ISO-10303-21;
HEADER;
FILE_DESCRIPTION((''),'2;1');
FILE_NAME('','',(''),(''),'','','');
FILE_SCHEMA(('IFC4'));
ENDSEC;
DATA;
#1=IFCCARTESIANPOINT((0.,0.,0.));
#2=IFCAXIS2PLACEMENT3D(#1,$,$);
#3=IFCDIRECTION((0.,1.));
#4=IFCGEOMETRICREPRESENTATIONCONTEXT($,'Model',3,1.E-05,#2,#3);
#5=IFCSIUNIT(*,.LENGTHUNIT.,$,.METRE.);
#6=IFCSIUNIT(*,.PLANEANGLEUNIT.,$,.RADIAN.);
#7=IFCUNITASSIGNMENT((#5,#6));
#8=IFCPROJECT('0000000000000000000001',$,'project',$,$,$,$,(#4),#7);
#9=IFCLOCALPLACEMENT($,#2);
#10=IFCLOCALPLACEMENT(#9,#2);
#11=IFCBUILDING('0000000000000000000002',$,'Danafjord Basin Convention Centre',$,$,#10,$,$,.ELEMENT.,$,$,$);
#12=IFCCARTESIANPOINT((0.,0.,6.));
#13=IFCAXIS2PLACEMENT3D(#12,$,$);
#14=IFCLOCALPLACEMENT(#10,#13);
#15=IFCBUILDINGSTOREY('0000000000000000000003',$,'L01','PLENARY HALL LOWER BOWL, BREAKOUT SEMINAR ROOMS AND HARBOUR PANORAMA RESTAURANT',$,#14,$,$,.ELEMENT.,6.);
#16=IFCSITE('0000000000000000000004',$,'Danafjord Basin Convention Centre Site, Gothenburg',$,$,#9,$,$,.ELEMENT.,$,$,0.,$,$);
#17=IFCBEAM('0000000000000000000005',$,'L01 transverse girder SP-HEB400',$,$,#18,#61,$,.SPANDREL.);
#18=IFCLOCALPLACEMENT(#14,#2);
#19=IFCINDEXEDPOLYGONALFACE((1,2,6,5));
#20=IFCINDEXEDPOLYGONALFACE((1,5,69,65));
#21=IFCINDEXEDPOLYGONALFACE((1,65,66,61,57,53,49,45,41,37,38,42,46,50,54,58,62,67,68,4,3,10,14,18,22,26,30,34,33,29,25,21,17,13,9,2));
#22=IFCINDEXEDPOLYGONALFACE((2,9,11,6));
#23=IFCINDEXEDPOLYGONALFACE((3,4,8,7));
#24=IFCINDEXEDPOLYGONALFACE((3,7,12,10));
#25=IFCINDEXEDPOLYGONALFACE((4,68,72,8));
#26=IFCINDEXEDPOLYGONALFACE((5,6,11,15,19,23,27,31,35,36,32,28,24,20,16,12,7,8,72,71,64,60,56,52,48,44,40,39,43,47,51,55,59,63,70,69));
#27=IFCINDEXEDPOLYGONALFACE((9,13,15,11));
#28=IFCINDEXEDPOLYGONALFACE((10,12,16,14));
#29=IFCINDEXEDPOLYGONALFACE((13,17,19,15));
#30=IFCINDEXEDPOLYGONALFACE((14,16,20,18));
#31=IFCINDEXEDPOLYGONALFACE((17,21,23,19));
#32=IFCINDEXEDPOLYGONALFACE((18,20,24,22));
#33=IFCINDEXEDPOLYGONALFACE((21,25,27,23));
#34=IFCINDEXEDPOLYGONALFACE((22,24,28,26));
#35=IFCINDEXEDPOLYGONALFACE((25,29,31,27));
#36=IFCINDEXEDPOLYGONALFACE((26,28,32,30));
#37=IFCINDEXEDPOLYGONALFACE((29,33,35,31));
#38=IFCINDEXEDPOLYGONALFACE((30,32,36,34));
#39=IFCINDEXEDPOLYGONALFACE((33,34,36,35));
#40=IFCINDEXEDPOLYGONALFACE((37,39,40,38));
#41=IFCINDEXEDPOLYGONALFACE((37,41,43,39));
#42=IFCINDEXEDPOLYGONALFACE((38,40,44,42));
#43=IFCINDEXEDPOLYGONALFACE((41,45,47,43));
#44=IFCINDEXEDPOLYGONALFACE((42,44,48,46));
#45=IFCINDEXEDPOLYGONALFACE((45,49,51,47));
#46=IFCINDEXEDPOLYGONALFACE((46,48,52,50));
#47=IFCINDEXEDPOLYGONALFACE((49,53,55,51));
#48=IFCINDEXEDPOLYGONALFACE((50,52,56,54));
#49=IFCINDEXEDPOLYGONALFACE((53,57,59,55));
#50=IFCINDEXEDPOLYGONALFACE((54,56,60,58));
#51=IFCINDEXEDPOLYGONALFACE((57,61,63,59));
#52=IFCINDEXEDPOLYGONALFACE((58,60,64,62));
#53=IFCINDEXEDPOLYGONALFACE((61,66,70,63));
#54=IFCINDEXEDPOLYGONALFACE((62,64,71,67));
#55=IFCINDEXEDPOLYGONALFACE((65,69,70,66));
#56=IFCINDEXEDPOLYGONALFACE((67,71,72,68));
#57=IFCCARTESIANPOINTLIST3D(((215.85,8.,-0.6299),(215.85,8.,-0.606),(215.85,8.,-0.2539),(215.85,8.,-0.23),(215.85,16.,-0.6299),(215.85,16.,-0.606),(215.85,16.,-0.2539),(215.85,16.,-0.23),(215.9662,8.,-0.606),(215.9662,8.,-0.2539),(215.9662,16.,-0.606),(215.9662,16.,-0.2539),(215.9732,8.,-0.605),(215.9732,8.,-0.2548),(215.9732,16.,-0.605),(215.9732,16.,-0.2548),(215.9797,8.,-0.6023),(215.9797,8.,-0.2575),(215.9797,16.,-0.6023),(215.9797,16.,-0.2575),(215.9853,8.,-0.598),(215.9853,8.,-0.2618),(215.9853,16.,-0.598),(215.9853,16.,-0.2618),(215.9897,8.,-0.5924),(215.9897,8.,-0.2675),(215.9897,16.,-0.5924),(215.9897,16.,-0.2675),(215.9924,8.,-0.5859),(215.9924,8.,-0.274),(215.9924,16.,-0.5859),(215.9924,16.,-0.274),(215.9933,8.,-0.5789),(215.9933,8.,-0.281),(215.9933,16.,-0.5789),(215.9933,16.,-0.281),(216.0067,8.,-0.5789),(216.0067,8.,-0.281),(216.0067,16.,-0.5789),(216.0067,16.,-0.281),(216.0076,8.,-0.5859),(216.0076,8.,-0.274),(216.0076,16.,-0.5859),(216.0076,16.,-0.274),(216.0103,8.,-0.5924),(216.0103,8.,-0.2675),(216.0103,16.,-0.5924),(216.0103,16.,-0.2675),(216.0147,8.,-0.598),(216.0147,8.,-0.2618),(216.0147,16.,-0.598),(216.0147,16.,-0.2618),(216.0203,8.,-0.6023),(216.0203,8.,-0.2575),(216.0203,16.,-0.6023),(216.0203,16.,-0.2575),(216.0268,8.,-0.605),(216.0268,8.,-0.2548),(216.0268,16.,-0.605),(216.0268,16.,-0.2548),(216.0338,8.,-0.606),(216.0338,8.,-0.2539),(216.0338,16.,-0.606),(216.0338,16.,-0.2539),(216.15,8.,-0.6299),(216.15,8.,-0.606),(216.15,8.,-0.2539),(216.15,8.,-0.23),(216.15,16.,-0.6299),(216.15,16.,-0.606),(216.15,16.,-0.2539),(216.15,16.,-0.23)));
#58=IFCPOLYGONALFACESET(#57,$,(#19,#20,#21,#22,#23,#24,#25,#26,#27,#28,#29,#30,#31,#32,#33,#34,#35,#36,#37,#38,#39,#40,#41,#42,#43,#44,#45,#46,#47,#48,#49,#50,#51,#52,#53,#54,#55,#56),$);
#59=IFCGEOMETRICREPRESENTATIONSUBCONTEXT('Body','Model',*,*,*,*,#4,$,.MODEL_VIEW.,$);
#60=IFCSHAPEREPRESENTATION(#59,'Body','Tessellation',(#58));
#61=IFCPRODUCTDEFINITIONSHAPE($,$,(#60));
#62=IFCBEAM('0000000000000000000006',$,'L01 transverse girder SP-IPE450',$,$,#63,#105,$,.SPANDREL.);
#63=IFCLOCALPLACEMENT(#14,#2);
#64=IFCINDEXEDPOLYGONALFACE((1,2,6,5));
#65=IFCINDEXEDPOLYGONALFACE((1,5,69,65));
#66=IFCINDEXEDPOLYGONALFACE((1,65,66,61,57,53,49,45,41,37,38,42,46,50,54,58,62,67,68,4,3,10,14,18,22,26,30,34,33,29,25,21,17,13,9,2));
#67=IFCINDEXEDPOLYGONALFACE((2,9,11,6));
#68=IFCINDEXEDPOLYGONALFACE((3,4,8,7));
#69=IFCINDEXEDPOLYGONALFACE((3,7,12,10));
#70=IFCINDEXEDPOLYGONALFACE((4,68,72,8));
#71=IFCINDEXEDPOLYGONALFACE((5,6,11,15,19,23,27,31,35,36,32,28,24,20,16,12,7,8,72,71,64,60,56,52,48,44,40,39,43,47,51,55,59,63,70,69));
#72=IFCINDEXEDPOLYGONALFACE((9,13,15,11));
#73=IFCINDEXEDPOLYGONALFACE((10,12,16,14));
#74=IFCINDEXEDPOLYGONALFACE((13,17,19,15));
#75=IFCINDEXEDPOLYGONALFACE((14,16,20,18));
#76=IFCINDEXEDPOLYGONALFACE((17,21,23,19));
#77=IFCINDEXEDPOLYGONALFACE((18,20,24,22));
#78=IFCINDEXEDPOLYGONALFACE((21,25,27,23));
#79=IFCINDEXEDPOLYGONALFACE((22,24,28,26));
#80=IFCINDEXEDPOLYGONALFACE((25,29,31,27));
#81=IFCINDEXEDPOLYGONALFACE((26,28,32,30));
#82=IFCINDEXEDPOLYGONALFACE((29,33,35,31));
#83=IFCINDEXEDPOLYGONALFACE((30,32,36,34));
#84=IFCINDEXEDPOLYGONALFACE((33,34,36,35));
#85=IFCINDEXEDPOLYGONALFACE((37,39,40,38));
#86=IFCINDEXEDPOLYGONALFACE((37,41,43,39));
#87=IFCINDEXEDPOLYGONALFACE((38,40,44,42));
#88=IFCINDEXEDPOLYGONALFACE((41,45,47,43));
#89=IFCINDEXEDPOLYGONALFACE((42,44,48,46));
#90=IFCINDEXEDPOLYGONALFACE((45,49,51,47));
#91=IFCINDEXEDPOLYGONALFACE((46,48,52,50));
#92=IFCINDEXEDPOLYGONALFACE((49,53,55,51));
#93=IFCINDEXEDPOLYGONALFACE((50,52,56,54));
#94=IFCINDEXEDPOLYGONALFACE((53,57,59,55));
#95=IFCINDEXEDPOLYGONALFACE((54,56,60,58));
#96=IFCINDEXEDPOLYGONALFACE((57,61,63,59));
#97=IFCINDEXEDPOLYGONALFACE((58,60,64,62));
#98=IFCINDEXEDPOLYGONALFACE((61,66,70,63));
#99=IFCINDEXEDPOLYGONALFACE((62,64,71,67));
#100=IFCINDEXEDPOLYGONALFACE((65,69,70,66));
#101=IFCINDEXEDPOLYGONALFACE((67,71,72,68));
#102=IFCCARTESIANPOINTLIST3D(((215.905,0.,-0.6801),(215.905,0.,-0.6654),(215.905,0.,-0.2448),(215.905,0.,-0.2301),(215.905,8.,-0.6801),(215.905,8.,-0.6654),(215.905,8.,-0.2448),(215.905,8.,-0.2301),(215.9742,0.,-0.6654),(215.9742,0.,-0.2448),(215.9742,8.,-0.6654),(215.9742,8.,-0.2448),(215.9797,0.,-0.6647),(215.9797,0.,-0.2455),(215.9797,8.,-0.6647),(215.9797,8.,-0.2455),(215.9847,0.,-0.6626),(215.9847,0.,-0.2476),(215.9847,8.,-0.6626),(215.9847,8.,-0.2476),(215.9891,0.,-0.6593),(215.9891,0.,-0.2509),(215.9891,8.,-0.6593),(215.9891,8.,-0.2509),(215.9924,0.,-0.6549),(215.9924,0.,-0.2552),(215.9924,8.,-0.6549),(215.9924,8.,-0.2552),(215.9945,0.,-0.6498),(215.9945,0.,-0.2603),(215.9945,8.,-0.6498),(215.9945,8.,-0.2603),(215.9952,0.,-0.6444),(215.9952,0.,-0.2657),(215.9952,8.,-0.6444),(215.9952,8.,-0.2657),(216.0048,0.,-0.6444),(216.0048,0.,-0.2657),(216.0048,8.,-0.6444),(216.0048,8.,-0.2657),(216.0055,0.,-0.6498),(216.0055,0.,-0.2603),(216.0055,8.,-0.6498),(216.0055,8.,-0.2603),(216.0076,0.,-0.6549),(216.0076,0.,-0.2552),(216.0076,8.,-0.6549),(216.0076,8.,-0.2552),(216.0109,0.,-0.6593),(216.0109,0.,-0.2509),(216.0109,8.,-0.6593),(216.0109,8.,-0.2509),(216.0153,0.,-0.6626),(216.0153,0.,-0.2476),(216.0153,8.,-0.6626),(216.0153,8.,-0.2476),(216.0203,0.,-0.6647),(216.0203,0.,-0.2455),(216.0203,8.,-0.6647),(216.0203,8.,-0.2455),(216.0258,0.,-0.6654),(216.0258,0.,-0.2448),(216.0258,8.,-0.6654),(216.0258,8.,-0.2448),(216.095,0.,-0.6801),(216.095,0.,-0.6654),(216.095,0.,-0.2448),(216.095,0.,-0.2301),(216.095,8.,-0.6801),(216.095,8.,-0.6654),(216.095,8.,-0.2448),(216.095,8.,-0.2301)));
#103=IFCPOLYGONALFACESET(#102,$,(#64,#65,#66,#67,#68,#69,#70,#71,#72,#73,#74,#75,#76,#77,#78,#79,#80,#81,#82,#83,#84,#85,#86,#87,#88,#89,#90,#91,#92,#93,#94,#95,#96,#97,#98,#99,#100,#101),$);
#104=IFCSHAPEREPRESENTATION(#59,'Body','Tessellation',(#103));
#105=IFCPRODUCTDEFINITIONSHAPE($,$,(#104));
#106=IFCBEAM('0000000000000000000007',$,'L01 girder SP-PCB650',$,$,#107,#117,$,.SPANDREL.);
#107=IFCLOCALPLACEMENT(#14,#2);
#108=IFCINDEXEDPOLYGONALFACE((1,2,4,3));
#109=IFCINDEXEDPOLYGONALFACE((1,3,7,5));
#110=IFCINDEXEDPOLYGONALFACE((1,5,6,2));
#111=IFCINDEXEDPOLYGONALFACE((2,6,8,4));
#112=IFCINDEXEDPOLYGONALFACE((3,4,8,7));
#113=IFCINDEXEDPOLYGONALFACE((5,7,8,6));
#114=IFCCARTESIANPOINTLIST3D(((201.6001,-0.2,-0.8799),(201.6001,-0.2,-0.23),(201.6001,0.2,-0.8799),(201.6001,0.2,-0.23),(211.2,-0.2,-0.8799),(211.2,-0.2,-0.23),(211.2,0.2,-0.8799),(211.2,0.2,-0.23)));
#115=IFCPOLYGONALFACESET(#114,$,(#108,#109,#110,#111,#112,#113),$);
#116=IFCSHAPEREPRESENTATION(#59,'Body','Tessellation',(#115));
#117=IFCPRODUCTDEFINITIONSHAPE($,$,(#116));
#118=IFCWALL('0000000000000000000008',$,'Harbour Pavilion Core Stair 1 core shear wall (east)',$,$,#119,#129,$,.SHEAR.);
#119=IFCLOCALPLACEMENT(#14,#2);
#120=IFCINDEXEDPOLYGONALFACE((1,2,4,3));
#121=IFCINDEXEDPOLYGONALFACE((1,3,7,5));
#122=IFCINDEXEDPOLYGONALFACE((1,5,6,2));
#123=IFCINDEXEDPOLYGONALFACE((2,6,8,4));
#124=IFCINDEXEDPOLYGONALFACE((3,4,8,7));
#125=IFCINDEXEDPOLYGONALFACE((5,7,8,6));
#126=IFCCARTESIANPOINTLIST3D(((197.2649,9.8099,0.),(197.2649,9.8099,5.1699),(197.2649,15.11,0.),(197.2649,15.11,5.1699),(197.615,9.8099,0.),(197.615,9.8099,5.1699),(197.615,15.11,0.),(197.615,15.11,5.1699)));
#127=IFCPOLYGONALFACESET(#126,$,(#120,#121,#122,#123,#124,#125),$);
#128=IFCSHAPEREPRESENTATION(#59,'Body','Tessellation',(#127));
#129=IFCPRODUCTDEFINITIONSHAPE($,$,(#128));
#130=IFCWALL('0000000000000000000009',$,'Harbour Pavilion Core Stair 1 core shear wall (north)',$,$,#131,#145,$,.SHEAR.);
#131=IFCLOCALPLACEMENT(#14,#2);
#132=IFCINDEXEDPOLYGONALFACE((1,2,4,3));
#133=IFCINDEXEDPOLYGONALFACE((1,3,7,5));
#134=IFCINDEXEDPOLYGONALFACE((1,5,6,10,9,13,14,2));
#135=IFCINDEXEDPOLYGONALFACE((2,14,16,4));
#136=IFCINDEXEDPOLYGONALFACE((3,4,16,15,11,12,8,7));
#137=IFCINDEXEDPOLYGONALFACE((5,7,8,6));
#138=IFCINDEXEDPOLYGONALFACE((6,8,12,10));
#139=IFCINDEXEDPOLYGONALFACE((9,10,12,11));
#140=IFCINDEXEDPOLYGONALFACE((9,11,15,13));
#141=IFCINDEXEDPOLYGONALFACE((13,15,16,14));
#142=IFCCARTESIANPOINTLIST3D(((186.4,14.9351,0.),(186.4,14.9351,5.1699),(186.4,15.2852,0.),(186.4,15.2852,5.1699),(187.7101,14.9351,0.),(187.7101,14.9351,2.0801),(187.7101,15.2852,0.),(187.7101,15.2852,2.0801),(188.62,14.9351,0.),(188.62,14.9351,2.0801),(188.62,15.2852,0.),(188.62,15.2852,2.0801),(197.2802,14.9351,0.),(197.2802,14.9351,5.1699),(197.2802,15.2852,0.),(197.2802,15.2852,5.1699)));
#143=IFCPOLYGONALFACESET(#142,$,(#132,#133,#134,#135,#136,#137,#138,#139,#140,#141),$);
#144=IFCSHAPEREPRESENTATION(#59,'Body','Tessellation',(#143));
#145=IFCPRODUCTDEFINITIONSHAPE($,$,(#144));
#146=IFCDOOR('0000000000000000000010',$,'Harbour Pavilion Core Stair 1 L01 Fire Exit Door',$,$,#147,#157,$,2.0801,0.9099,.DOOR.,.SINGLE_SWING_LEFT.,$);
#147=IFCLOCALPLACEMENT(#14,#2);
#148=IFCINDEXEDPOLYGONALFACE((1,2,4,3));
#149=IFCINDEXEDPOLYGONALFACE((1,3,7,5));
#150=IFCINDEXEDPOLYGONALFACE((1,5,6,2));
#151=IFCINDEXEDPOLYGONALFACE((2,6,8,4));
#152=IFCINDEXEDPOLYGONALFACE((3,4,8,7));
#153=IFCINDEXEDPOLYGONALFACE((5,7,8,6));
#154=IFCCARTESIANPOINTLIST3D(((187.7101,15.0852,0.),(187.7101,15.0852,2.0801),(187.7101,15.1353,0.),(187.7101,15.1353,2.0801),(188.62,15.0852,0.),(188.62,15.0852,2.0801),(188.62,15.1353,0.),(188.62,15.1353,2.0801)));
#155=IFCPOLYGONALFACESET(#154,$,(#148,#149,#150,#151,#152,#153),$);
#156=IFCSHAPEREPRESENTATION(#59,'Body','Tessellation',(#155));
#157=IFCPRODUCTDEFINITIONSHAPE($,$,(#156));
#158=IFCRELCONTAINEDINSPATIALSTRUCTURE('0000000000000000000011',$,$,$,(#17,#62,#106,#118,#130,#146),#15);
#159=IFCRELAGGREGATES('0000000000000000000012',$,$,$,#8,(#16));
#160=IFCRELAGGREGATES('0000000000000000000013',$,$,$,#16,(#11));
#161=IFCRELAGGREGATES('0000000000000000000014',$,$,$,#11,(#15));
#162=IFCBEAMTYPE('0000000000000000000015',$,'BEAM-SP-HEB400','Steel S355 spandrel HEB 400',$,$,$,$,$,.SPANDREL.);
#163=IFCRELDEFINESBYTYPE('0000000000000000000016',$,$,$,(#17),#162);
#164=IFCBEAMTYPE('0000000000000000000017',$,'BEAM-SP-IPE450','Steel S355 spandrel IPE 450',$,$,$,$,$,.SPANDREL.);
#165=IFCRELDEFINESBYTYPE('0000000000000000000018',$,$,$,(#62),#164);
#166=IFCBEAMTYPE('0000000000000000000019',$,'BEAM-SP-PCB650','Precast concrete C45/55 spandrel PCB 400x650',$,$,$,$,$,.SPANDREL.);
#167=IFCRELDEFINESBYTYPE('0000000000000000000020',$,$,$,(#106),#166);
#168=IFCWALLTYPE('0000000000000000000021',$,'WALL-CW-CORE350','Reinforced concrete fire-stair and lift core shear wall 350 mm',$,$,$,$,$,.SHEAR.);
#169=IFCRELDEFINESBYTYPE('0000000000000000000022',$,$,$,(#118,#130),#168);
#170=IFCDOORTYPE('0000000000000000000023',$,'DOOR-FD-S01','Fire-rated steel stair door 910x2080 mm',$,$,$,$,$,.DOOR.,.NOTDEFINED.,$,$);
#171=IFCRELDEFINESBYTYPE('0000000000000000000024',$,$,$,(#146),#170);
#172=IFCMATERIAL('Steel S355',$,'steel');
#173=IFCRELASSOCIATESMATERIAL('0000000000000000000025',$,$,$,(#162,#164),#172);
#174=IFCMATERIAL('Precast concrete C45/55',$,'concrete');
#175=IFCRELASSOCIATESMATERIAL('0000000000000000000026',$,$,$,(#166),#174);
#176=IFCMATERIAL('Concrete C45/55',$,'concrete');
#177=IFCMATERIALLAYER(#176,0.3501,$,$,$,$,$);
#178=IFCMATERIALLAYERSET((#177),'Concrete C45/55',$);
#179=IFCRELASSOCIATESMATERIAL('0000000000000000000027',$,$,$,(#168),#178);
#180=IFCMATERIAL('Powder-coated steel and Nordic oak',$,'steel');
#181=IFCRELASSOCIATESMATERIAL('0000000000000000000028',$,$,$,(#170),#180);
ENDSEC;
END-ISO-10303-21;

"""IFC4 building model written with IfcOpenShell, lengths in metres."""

from ifc_helpers import new_model, si_unit, direction, frame, frame_2d, origin, origin_2d, place, context, subcontext, project, spatial, rectangle, i_section, extrude, material, layer, layer_set, material_profile, profile_set, type_object, element, fill, save


model = new_model("IFC4")

# Units and contexts
model_context = context("Model", 3, precision=1e-05, world=origin(), true_north=direction((0.0, 1.0)))
body_context = subcontext(model_context, "Body", "Model", "MODEL_VIEW")
ifc_project = project(units=[si_unit("LENGTHUNIT", "METRE"), si_unit("PLANEANGLEUNIT", "RADIAN")], contexts=[model_context])

# Site, building, storey
site_placement = place(None, origin())
site = spatial("IfcSite", under=ifc_project, at=site_placement, Name="Danafjord Basin Convention Centre Site, Gothenburg", CompositionType="ELEMENT", RefElevation=0.0)
building_placement = place(site_placement, origin())
building = spatial("IfcBuilding", under=site, at=building_placement, Name="Danafjord Basin Convention Centre", CompositionType="ELEMENT")
storey_placement = place(building_placement, frame((0.0, 0.0, 6.0)))
storey = spatial("IfcBuildingStorey", under=building, at=storey_placement, Name="L01", Description="PLENARY HALL LOWER BOWL, BREAKOUT SEMINAR ROOMS AND HARBOUR PANORAMA RESTAURANT", CompositionType="ELEMENT", Elevation=6.0)

# Shared definitions
ifc_material_1 = material(Name="Steel S355", Category="steel")

# Beams
ifc_material_profile_1 = material_profile(ifc_material_1, i_section(OverallWidth=0.3, OverallDepth=0.3999, WebThickness=0.0134, FlangeThickness=0.0239, FilletRadius=0.0271, at=origin_2d()), Name="HEB 400")
ifc_profile_set_1 = profile_set([ifc_material_profile_1], Name="Steel S355")
beam_type_1 = type_object("IfcBeamType", Name="BEAM-SP-HEB400", Description="Steel S355 spandrel HEB 400", PredefinedType="SPANDREL", material=ifc_profile_set_1)
beam_1_placement = place(storey_placement, frame((216.0, 8.0, -0.4299), z_axis=(0.0, 1.0, 0.0), x_axis=(-1.0, 0.0, 0.0)))
element("IfcBeam", 1, at=beam_1_placement, inside=storey, type_object=beam_type_1, Name="L01 transverse girder SP-HEB400", PredefinedType="SPANDREL", context=body_context, shape_type="SweptSolid", body=[
    extrude(i_section(OverallWidth=0.3, OverallDepth=0.3999, WebThickness=0.0134, FlangeThickness=0.0239, FilletRadius=0.0271, at=origin_2d()), origin(), (0.0, 0.0, 1.0), 8.0),
])
ifc_material_profile_2 = material_profile(ifc_material_1, i_section(OverallWidth=0.1899, OverallDepth=0.45, WebThickness=0.0095, FlangeThickness=0.0146, FilletRadius=0.021, at=origin_2d()), Name="IPE 450")
ifc_profile_set_2 = profile_set([ifc_material_profile_2], Name="Steel S355")
beam_type_2 = type_object("IfcBeamType", Name="BEAM-SP-IPE450", Description="Steel S355 spandrel IPE 450", PredefinedType="SPANDREL", material=ifc_profile_set_2)
beam_2_placement = place(storey_placement, frame((216.0, 0.0, -0.4551), z_axis=(0.0, 1.0, 0.0), x_axis=(-1.0, 0.0, 0.0)))
element("IfcBeam", 2, at=beam_2_placement, inside=storey, type_object=beam_type_2, Name="L01 transverse girder SP-IPE450", PredefinedType="SPANDREL", context=body_context, shape_type="SweptSolid", body=[
    extrude(i_section(OverallWidth=0.1899, OverallDepth=0.45, WebThickness=0.0095, FlangeThickness=0.0146, FilletRadius=0.021, at=origin_2d()), origin(), (0.0, 0.0, 1.0), 8.0),
])
ifc_material_2 = material(Name="Precast concrete C45/55", Category="concrete")
ifc_material_profile_3 = material_profile(ifc_material_2, rectangle(XDim=0.3999, YDim=0.6499, at=origin_2d()), Name="PCB 400x650")
ifc_profile_set_3 = profile_set([ifc_material_profile_3], Name="Precast concrete C45/55")
beam_type_3 = type_object("IfcBeamType", Name="BEAM-SP-PCB650", Description="Precast concrete C45/55 spandrel PCB 400x650", PredefinedType="SPANDREL", material=ifc_profile_set_3)
beam_3_placement = place(storey_placement, frame((201.6001, 0.0, -0.5549), z_axis=(1.0, 0.0, 0.0), x_axis=(0.0, 1.0, 0.0)))
element("IfcBeam", 3, at=beam_3_placement, inside=storey, type_object=beam_type_3, Name="L01 girder SP-PCB650", PredefinedType="SPANDREL", context=body_context, shape_type="SweptSolid", body=[
    extrude(rectangle(XDim=0.3999, YDim=0.6499, at=origin_2d()), origin(), (0.0, 0.0, 1.0), 9.5999),
])

# Wall
ifc_material_3 = material(Name="Concrete C45/55", Category="concrete")
ifc_layer_1 = layer(ifc_material_3, 0.3501)
ifc_layer_set_1 = layer_set([ifc_layer_1], Name="Concrete C45/55")
wall_type_1 = type_object("IfcWallType", Name="WALL-CW-CORE350", Description="Reinforced concrete fire-stair and lift core shear wall 350 mm", PredefinedType="SHEAR", material=ifc_layer_set_1)
wall_1_placement = place(storey_placement, frame((197.4399, 9.8101, 0.0), z_axis=(0.0, 0.0, 1.0), x_axis=(0.0, 1.0, 0.0)))
element("IfcWall", 4, at=wall_1_placement, inside=storey, type_object=wall_type_1, Name="Harbour Pavilion Core Stair 1 core shear wall (east)", PredefinedType="SHEAR", context=body_context, shape_type="SweptSolid", body=[
    extrude(rectangle(XDim=5.3, YDim=0.3501, at=frame_2d((2.6499, 0.0))), origin(), (0.0, 0.0, 1.0), 5.1699),
])

# Wall, opening, door
wall_2_placement = place(storey_placement, frame((197.28, 15.1101, 0.0), z_axis=(0.0, 0.0, 1.0), x_axis=(-1.0, 0.0, 0.0)))
wall_2 = element("IfcWall", 5, at=wall_2_placement, inside=storey, type_object=wall_type_1, Name="Harbour Pavilion Core Stair 1 core shear wall (north)", PredefinedType="SHEAR", context=body_context, shape_type="SweptSolid", body=[
    extrude(rectangle(XDim=10.8801, YDim=0.3501, at=frame_2d((5.4399, 0.0))), origin(), (0.0, 0.0, 1.0), 5.1699),
])
opening_1_placement = place(wall_2_placement, frame((8.6599, 0.0, 0.0)))
opening_1 = element("IfcOpeningElement", 6, at=opening_1_placement, cuts=wall_2, PredefinedType="OPENING", context=body_context, shape_type="SweptSolid", body=[
    extrude(rectangle(XDim=0.9099, YDim=2.0801, at=frame_2d((0.4551, 1.04))), frame((0.0, 0.1851, 0.0), z_axis=(0.0, -1.0, 0.0), x_axis=(1.0, 0.0, 0.0)), (0.0, 0.0, 1.0), 0.3701),
])
ifc_material_4 = material(Name="Powder-coated steel and Nordic oak", Category="steel")
door_type_1 = type_object("IfcDoorType", Name="DOOR-FD-S01", Description="Fire-rated steel stair door 910x2080 mm", OperationType="NOTDEFINED", PredefinedType="DOOR", material=ifc_material_4)
door_1_placement = place(opening_1_placement, origin())
door_1 = element("IfcDoor", 7, at=door_1_placement, inside=storey, type_object=door_type_1, Name="Harbour Pavilion Core Stair 1 L01 Fire Exit Door", OperationType="SINGLE_SWING_LEFT", OverallHeight=2.0801, OverallWidth=0.9099, PredefinedType="DOOR", context=body_context, shape_type="SweptSolid", body=[
    extrude(rectangle(XDim=0.9099, YDim=2.0801, at=frame_2d((0.4551, 1.04))), frame((0.0, 0.0249, 0.0), z_axis=(0.0, -1.0, 0.0), x_axis=(1.0, 0.0, 0.0)), (0.0, 0.0, 1.0), 0.05),
])
fill(opening_1, door_1)

save(model, "model.ifc")
